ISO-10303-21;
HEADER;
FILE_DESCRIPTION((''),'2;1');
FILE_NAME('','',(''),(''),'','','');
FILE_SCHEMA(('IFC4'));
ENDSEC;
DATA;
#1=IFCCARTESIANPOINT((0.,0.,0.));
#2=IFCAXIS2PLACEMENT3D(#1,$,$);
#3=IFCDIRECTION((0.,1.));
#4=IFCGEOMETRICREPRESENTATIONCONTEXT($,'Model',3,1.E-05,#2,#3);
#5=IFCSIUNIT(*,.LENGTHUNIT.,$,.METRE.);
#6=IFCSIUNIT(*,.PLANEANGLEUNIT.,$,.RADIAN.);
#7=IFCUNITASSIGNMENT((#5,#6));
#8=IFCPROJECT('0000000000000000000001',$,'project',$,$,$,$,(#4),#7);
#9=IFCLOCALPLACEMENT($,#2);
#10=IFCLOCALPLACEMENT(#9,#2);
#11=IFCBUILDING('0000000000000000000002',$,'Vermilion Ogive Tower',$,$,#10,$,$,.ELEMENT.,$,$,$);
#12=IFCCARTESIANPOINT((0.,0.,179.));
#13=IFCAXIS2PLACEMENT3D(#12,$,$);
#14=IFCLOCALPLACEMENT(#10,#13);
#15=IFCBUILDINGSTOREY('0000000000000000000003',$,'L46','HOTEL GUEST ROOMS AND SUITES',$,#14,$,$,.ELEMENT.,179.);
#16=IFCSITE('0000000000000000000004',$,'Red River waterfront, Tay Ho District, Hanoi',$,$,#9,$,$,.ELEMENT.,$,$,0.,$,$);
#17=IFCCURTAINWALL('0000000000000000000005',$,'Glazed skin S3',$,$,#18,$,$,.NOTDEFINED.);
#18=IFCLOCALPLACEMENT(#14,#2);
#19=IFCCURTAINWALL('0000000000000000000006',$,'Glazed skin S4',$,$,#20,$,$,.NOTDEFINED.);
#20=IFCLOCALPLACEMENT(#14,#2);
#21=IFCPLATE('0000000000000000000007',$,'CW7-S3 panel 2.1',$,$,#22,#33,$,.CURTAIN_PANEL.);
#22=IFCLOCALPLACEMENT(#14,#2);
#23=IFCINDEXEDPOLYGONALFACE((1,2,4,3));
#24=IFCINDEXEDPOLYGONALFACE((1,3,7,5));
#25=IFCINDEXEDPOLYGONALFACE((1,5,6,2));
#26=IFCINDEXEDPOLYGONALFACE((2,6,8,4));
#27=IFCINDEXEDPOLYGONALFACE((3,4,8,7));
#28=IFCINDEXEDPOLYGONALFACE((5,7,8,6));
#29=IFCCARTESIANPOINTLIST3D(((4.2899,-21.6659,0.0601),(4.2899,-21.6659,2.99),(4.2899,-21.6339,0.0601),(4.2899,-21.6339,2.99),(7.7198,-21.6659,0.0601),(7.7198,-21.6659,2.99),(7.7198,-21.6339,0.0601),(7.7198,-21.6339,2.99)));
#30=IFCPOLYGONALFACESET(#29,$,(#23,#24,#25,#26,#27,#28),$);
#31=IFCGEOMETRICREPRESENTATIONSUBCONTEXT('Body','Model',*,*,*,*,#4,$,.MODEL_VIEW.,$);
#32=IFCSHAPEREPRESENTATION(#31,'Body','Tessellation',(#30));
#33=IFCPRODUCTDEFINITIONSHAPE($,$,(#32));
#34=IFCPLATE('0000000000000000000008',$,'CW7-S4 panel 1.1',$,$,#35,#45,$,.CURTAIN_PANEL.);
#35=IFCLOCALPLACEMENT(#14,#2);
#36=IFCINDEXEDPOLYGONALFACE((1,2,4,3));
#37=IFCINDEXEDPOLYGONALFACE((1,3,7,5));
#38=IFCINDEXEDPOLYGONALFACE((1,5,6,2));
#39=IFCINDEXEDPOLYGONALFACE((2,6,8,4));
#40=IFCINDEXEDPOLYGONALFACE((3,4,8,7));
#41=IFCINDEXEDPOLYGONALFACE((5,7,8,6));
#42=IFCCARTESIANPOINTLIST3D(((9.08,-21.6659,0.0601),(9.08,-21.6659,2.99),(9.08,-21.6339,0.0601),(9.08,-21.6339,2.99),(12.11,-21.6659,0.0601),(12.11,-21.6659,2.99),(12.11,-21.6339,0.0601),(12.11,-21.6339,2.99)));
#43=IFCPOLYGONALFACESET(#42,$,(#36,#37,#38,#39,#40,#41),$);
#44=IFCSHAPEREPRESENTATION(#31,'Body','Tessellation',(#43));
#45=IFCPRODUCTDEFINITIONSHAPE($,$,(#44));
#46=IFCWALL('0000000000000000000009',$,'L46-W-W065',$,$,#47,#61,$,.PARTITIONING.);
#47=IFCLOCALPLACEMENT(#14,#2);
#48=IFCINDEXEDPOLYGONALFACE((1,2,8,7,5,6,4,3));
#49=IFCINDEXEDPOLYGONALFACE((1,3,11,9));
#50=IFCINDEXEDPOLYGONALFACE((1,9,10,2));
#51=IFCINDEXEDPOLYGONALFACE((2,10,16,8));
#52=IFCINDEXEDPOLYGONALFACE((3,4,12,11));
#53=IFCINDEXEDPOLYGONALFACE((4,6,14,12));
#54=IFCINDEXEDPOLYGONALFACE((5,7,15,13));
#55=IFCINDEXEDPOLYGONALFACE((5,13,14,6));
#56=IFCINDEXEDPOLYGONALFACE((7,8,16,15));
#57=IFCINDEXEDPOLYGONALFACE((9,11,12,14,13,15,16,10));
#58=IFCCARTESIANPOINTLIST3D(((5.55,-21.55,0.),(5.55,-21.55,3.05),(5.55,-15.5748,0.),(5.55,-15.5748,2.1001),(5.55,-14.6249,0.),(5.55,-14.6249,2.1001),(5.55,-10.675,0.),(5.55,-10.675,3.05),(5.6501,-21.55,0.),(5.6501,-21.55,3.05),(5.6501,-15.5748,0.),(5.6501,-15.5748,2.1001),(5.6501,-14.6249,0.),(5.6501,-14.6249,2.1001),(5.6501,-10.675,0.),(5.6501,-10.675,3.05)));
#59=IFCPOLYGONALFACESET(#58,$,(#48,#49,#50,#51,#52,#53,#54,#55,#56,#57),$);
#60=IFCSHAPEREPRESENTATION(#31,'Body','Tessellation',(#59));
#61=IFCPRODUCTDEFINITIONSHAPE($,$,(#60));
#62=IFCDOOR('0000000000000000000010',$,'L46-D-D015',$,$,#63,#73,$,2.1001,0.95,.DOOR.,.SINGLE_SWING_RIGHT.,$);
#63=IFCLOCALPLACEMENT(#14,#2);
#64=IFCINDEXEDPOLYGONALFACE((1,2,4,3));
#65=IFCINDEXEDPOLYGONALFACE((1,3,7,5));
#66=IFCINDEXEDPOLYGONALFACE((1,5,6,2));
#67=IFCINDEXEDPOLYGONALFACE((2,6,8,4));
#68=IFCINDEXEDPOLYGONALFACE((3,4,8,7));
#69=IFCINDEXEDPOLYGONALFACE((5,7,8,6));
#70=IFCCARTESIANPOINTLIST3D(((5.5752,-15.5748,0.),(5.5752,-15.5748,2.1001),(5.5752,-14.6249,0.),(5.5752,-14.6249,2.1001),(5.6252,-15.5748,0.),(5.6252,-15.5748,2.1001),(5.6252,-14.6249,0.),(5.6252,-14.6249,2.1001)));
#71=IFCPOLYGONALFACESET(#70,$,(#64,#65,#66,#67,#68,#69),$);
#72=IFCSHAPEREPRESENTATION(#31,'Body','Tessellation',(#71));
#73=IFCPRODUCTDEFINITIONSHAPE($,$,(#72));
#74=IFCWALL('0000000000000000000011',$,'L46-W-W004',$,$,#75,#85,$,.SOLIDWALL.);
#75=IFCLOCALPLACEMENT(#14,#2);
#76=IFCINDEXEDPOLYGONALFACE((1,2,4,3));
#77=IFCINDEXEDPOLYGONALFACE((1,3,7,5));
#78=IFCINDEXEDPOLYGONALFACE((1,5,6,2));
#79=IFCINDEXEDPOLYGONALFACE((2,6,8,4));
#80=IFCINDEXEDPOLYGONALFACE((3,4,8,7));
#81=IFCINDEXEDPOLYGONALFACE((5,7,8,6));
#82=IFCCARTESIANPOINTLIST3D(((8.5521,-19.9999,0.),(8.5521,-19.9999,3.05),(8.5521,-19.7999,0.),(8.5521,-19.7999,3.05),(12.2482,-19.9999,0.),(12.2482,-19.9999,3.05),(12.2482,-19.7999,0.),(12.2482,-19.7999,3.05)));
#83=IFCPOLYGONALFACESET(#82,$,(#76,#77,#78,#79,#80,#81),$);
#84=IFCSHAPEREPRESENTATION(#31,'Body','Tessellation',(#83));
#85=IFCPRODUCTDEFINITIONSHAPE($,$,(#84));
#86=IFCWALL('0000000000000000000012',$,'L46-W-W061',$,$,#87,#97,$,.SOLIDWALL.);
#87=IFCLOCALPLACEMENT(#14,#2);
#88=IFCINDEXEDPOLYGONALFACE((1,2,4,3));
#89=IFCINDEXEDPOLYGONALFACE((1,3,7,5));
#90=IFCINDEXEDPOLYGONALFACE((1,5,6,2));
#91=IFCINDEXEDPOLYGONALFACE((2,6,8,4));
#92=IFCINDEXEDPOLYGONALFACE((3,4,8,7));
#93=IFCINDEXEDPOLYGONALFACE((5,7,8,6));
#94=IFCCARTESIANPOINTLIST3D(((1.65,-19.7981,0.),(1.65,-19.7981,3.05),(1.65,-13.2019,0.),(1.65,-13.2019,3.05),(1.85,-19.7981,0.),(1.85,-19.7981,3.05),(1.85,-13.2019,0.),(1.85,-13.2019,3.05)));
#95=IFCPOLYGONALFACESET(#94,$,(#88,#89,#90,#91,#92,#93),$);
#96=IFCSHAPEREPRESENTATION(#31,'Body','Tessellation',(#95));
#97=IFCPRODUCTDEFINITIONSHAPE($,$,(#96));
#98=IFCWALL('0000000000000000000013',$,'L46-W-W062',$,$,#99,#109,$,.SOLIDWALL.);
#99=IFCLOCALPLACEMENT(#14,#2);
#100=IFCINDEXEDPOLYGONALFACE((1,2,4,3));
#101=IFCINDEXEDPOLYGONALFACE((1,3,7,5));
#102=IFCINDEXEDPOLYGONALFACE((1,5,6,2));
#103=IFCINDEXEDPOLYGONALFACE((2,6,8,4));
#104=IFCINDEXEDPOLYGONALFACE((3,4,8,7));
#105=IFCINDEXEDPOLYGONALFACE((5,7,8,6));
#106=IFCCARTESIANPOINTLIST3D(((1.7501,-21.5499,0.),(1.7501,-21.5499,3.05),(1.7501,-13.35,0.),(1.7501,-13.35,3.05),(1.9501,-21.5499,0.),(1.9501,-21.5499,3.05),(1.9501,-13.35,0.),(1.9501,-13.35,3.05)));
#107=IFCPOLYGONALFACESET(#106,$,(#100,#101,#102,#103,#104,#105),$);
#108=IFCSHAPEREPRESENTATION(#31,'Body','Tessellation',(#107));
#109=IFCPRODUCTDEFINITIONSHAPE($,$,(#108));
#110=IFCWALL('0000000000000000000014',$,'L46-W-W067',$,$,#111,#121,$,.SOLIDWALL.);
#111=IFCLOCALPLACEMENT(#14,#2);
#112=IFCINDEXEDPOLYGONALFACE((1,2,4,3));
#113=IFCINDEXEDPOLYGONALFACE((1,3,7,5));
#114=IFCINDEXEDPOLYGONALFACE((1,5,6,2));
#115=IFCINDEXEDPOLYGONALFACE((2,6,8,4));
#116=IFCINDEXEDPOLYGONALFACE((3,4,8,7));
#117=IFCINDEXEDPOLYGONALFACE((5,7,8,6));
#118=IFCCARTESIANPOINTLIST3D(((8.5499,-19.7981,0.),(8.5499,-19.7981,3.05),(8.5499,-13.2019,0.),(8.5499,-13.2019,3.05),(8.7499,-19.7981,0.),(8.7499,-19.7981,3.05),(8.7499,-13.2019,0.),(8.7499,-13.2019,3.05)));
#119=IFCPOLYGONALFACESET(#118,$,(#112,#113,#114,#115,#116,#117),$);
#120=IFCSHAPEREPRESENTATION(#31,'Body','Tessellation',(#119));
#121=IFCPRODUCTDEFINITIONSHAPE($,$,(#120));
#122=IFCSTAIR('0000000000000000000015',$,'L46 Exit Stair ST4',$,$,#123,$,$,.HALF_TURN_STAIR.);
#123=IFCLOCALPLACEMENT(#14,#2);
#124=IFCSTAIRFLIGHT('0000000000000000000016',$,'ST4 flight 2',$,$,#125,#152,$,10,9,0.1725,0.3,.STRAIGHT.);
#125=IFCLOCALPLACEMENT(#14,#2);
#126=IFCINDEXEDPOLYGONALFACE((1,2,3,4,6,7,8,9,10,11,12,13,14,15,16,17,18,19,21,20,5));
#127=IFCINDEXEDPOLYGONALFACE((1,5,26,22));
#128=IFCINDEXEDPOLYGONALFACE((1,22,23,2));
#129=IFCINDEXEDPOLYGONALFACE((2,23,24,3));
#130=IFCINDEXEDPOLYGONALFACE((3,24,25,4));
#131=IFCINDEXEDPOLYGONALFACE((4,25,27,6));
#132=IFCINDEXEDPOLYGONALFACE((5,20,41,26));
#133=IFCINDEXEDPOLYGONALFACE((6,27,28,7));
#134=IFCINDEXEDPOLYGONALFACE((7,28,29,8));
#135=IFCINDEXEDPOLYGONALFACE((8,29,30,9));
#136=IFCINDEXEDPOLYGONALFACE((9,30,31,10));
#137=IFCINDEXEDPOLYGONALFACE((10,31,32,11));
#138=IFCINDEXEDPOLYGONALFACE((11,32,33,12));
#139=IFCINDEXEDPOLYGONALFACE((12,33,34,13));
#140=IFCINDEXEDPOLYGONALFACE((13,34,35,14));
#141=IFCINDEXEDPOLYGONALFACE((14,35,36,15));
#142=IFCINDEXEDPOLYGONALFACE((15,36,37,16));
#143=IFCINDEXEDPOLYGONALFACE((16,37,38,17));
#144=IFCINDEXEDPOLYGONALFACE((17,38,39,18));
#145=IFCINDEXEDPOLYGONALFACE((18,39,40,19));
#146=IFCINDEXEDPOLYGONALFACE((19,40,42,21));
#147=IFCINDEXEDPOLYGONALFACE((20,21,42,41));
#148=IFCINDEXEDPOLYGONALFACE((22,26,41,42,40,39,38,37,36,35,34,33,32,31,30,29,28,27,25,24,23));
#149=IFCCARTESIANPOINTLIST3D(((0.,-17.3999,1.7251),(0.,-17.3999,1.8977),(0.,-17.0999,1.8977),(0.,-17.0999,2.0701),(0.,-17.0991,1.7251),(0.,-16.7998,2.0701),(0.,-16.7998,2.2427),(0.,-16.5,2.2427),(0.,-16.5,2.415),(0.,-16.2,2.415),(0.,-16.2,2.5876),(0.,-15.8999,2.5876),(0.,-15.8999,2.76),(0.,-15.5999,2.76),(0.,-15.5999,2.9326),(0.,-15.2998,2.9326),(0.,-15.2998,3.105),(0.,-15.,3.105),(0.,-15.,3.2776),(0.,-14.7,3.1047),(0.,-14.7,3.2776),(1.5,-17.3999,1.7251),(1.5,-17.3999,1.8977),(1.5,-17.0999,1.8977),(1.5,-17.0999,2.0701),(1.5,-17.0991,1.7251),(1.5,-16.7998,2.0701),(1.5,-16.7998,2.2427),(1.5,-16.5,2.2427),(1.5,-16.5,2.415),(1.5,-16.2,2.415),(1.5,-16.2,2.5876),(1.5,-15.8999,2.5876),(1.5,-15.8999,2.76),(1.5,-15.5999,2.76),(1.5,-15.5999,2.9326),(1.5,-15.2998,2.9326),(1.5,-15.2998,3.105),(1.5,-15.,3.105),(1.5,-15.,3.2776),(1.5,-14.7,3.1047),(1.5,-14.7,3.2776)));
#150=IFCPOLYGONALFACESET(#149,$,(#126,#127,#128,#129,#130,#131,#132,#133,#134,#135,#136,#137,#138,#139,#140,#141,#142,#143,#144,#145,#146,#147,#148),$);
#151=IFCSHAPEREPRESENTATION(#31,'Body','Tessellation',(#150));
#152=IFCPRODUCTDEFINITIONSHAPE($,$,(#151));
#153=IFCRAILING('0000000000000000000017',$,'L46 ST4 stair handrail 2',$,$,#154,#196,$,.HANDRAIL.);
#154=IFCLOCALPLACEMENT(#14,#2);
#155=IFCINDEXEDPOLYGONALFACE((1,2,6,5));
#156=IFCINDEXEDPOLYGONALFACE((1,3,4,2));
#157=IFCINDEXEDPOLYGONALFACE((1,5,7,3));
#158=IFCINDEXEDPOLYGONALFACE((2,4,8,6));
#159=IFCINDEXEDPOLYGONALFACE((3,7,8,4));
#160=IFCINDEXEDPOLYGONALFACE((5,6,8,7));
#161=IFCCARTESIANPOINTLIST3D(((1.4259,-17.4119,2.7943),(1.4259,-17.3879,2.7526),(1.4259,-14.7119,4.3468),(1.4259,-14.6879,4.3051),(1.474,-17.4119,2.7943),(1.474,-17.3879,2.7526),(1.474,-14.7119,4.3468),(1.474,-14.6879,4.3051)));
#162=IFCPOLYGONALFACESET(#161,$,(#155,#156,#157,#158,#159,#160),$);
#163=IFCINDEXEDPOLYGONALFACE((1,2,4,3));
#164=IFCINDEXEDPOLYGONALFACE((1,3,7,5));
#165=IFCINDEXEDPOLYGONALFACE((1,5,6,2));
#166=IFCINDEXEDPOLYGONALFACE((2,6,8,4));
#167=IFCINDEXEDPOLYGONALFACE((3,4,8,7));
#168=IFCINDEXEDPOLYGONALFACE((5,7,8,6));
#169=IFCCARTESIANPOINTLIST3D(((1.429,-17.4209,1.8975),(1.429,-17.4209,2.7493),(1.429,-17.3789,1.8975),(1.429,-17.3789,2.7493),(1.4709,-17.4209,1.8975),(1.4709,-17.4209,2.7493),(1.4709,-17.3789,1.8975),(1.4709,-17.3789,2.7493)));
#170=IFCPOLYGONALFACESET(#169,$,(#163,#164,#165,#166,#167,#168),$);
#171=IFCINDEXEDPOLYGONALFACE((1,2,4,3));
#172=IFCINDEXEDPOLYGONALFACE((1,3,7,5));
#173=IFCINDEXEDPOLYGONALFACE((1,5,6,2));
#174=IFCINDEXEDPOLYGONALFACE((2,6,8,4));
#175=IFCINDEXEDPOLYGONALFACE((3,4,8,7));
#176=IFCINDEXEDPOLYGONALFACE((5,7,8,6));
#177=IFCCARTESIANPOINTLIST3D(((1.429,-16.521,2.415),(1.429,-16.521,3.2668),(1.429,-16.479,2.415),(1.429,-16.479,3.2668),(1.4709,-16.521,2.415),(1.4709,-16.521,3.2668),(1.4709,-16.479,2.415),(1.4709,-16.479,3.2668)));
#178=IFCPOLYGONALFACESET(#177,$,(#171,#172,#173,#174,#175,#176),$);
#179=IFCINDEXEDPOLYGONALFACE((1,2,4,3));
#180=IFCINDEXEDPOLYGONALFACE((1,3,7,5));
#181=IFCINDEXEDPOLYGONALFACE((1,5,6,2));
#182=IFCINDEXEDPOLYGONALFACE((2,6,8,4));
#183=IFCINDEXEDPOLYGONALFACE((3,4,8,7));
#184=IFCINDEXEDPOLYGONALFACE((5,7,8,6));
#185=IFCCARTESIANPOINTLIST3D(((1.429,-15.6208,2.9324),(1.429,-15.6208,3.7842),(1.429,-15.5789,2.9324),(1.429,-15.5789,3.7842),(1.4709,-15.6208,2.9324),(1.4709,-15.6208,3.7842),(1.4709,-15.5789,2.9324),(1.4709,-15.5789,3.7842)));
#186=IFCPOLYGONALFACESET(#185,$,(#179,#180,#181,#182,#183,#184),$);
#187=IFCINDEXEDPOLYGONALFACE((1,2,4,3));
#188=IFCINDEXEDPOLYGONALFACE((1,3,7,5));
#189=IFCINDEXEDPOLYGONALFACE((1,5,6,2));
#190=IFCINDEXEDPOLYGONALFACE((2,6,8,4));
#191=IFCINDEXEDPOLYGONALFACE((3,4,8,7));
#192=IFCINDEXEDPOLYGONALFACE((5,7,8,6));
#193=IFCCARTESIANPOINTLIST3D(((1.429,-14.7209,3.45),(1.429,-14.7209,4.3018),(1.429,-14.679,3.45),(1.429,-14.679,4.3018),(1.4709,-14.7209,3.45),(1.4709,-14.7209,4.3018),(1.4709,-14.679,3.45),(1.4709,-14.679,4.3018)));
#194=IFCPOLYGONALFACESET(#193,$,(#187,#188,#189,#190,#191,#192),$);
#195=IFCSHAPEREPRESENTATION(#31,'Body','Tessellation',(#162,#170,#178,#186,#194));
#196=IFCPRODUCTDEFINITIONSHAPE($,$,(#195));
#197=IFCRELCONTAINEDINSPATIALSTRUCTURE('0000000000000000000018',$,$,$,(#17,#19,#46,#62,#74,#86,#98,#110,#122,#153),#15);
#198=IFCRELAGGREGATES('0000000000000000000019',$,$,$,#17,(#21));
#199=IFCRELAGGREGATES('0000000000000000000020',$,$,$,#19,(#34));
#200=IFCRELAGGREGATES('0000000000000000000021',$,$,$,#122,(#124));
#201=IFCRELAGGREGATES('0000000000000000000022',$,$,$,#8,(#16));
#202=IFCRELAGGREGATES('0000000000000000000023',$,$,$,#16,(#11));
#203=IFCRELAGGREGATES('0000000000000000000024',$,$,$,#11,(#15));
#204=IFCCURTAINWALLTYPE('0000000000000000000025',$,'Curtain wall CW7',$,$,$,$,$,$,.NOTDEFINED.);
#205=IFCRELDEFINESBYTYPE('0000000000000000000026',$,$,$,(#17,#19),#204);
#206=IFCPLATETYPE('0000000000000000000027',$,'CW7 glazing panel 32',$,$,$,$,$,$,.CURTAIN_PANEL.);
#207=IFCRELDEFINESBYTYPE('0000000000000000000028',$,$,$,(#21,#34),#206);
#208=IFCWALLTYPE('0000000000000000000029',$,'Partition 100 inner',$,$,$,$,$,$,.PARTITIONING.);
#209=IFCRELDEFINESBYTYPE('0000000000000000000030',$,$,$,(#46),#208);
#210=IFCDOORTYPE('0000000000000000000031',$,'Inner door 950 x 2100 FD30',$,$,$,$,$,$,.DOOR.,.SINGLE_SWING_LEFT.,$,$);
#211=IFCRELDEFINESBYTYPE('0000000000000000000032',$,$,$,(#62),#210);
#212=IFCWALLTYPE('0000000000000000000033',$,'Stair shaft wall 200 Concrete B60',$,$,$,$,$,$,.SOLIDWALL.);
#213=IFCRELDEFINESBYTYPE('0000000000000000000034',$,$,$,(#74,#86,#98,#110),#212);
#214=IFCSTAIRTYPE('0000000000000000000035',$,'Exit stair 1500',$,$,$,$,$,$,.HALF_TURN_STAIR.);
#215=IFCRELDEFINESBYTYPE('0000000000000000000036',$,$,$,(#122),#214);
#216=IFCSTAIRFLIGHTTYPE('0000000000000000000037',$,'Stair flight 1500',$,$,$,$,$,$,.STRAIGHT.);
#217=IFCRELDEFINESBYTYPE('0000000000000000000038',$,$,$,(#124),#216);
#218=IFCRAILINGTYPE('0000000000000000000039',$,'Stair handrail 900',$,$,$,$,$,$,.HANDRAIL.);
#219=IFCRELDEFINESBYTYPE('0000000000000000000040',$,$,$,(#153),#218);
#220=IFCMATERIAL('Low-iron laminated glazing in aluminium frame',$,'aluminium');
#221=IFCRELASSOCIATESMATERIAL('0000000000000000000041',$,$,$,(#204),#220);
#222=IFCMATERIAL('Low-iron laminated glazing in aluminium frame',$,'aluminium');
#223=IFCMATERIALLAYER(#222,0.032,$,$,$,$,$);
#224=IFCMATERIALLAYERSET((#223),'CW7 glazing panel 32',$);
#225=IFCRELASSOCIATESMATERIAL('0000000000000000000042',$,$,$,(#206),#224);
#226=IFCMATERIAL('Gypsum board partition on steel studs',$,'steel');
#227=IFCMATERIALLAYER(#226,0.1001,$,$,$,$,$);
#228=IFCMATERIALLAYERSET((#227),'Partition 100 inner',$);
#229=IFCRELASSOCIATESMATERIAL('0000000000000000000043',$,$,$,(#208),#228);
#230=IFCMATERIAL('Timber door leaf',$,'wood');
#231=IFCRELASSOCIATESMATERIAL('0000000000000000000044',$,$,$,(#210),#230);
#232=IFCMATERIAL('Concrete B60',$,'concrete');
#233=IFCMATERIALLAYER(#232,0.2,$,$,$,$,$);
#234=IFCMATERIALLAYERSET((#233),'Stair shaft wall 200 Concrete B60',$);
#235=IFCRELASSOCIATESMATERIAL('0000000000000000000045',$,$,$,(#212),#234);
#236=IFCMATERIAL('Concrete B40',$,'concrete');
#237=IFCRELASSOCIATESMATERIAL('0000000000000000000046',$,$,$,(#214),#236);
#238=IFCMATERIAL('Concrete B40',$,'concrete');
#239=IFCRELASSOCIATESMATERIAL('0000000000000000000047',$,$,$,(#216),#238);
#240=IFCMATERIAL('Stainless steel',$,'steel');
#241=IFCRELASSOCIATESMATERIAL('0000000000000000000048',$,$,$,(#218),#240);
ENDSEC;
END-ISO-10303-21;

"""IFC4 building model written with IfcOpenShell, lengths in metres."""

from ifc_helpers import new_model, si_unit, direction, frame, frame_2d, origin, origin_2d, place, context, subcontext, project, spatial, polyline, rectangle, outline, extrude, material, layer, layer_set, type_object, element, fill, aggregate, save


model = new_model("IFC4")

# Units and contexts
model_context = context("Model", 3, precision=1e-05, world=origin(), true_north=direction((0.0, 1.0)))
body_context = subcontext(model_context, "Body", "Model", "MODEL_VIEW")
ifc_project = project(units=[si_unit("LENGTHUNIT", "METRE"), si_unit("PLANEANGLEUNIT", "RADIAN")], contexts=[model_context])

# Site, building, storey
site_placement = place(None, origin())
site = spatial("IfcSite", under=ifc_project, at=site_placement, Name="Red River waterfront, Tay Ho District, Hanoi", CompositionType="ELEMENT", RefElevation=0.0)
building_placement = place(site_placement, origin())
building = spatial("IfcBuilding", under=site, at=building_placement, Name="Vermilion Ogive Tower", CompositionType="ELEMENT")
storey_placement = place(building_placement, frame((0.0, 0.0, 179.0)))
storey = spatial("IfcBuildingStorey", under=building, at=storey_placement, Name="L46", Description="HOTEL GUEST ROOMS AND SUITES", CompositionType="ELEMENT", Elevation=179.0)

# Curtain wall
ifc_material_1 = material(Name="Low-iron laminated glazing in aluminium frame", Category="aluminium")
curtain_wall_type = type_object("IfcCurtainWallType", Name="Curtain wall CW7", PredefinedType="NOTDEFINED", material=ifc_material_1)
curtain_wall_1_placement = place(storey_placement, origin())
curtain_wall_1 = element("IfcCurtainWall", 1, at=curtain_wall_1_placement, inside=storey, type_object=curtain_wall_type, Name="Glazed skin S3", PredefinedType="NOTDEFINED")

# Curtain wall
curtain_wall_2_placement = place(storey_placement, origin())
curtain_wall_2 = element("IfcCurtainWall", 2, at=curtain_wall_2_placement, inside=storey, type_object=curtain_wall_type, Name="Glazed skin S4", PredefinedType="NOTDEFINED")

# Plates
ifc_material_2 = material(Name="Low-iron laminated glazing in aluminium frame", Category="aluminium")
ifc_layer_1 = layer(ifc_material_2, 0.032)
ifc_layer_set_1 = layer_set([ifc_layer_1], Name="CW7 glazing panel 32")
plate_type = type_object("IfcPlateType", Name="CW7 glazing panel 32", PredefinedType="CURTAIN_PANEL", material=ifc_layer_set_1)
plate_1_placement = place(storey_placement, frame((6.0049, -21.6499, 0.0601), z_axis=(0.0, 0.0, 1.0), x_axis=(1.0, 0.0, 0.0)))
plate_1 = element("IfcPlate", 3, at=plate_1_placement, type_object=plate_type, Name="CW7-S3 panel 2.1", PredefinedType="CURTAIN_PANEL", context=body_context, shape_type="SweptSolid", body=[
    extrude(rectangle(XDim=3.4299, YDim=0.032, at=origin_2d()), origin(), (0.0, 0.0, 1.0), 2.9299),
])
aggregate(curtain_wall_1, [plate_1])
plate_2_placement = place(storey_placement, frame((10.595, -21.6499, 0.0601), z_axis=(0.0, 0.0, 1.0), x_axis=(1.0, 0.0, 0.0)))
plate_2 = element("IfcPlate", 4, at=plate_2_placement, type_object=plate_type, Name="CW7-S4 panel 1.1", PredefinedType="CURTAIN_PANEL", context=body_context, shape_type="SweptSolid", body=[
    extrude(rectangle(XDim=3.03, YDim=0.032, at=origin_2d()), origin(), (0.0, 0.0, 1.0), 2.9299),
])
aggregate(curtain_wall_2, [plate_2])

# Wall, opening, door
ifc_material_3 = material(Name="Gypsum board partition on steel studs", Category="steel")
ifc_layer_2 = layer(ifc_material_3, 0.1001)
ifc_layer_set_2 = layer_set([ifc_layer_2], Name="Partition 100 inner")
wall_type_1 = type_object("IfcWallType", Name="Partition 100 inner", PredefinedType="PARTITIONING", material=ifc_layer_set_2)
wall_1_placement = place(storey_placement, frame((5.6001, -21.55, 0.0), z_axis=(0.0, 0.0, 1.0), x_axis=(0.0, 1.0, 0.0)))
wall_1 = element("IfcWall", 5, at=wall_1_placement, inside=storey, type_object=wall_type_1, Name="L46-W-W065", PredefinedType="PARTITIONING", context=body_context, shape_type="SweptSolid", body=[
    extrude(rectangle(XDim=10.875, YDim=0.1001, at=frame_2d((5.4375, 0.0))), origin(), (0.0, 0.0, 1.0), 3.05),
])
opening_placement = place(wall_1_placement, frame((5.9751, 0.0, 0.0)))
opening = element("IfcOpeningElement", 6, at=opening_placement, cuts=wall_1, PredefinedType="OPENING", context=body_context, shape_type="SweptSolid", body=[
    extrude(rectangle(XDim=0.95, YDim=2.1001, at=frame_2d((0.4751, 1.05))), frame((0.0, 0.0601, 0.0), z_axis=(0.0, -1.0, 0.0), x_axis=(1.0, 0.0, 0.0)), (0.0, 0.0, 1.0), 0.1201),
])
ifc_material_4 = material(Name="Timber door leaf", Category="wood")
door_type = type_object("IfcDoorType", Name="Inner door 950 x 2100 FD30", OperationType="SINGLE_SWING_LEFT", PredefinedType="DOOR", material=ifc_material_4)
door_placement = place(opening_placement, origin())
door = element("IfcDoor", 7, at=door_placement, inside=storey, type_object=door_type, Name="L46-D-D015", OperationType="SINGLE_SWING_RIGHT", OverallHeight=2.1001, OverallWidth=0.95, PredefinedType="DOOR", context=body_context, shape_type="SweptSolid", body=[
    extrude(rectangle(XDim=0.95, YDim=2.1001, at=frame_2d((0.4751, 1.05))), frame((0.0, 0.0249, 0.0), z_axis=(0.0, -1.0, 0.0), x_axis=(1.0, 0.0, 0.0)), (0.0, 0.0, 1.0), 0.05),
])
fill(opening, door)

# Walls
ifc_material_5 = material(Name="Concrete B60", Category="concrete")
ifc_layer_3 = layer(ifc_material_5, 0.2)
ifc_layer_set_3 = layer_set([ifc_layer_3], Name="Stair shaft wall 200 Concrete B60")
wall_type_2 = type_object("IfcWallType", Name="Stair shaft wall 200 Concrete B60", PredefinedType="SOLIDWALL", material=ifc_layer_set_3)
wall_2_placement = place(storey_placement, frame((8.552, -19.8999, 0.0), z_axis=(0.0, 0.0, 1.0), x_axis=(1.0, 0.0, 0.0)))
element("IfcWall", 8, at=wall_2_placement, inside=storey, type_object=wall_type_2, Name="L46-W-W004", PredefinedType="SOLIDWALL", context=body_context, shape_type="SweptSolid", body=[
    extrude(rectangle(XDim=3.696, YDim=0.2, at=frame_2d((1.8481, 0.0))), origin(), (0.0, 0.0, 1.0), 3.05),
])
wall_3_placement = place(storey_placement, frame((1.75, -19.7981, 0.0), z_axis=(0.0, 0.0, 1.0), x_axis=(0.0, 1.0, 0.0)))
element("IfcWall", 9, at=wall_3_placement, inside=storey, type_object=wall_type_2, Name="L46-W-W061", PredefinedType="SOLIDWALL", context=body_context, shape_type="SweptSolid", body=[
    extrude(rectangle(XDim=6.5962, YDim=0.2, at=frame_2d((3.2981, 0.0))), origin(), (0.0, 0.0, 1.0), 3.05),
])
wall_4_placement = place(storey_placement, frame((1.8501, -21.55, 0.0), z_axis=(0.0, 0.0, 1.0), x_axis=(0.0, 1.0, 0.0)))
element("IfcWall", 10, at=wall_4_placement, inside=storey, type_object=wall_type_2, Name="L46-W-W062", PredefinedType="SOLIDWALL", context=body_context, shape_type="SweptSolid", body=[
    extrude(rectangle(XDim=8.2, YDim=0.2, at=frame_2d((4.1001, 0.0))), origin(), (0.0, 0.0, 1.0), 3.05),
])
wall_5_placement = place(storey_placement, frame((8.6499, -19.7981, 0.0), z_axis=(0.0, 0.0, 1.0), x_axis=(0.0, 1.0, 0.0)))
element("IfcWall", 11, at=wall_5_placement, inside=storey, type_object=wall_type_2, Name="L46-W-W067", PredefinedType="SOLIDWALL", context=body_context, shape_type="SweptSolid", body=[
    extrude(rectangle(XDim=6.5962, YDim=0.2, at=frame_2d((3.2981, 0.0))), origin(), (0.0, 0.0, 1.0), 3.05),
])

# Stair, stair flight
ifc_material_6 = material(Name="Concrete B40", Category="concrete")
stair_type = type_object("IfcStairType", Name="Exit stair 1500", PredefinedType="HALF_TURN_STAIR", material=ifc_material_6)
stair_placement = place(storey_placement, origin())
stair = element("IfcStair", 12, at=stair_placement, inside=storey, type_object=stair_type, Name="L46 Exit Stair ST4", PredefinedType="HALF_TURN_STAIR")
ifc_material_7 = material(Name="Concrete B40", Category="concrete")
stair_flight_type = type_object("IfcStairFlightType", Name="Stair flight 1500", PredefinedType="STRAIGHT", material=ifc_material_7)
stair_flight_placement = place(storey_placement, frame((0.75, -17.3999, 1.7251), z_axis=(0.0, 0.0, 1.0), x_axis=(0.0, 1.0, 0.0)))
stair_flight = element("IfcStairFlight", 13, at=stair_flight_placement, type_object=stair_flight_type, Name="ST4 flight 2", NumberOfRisers=10, NumberOfTreads=9, PredefinedType="STRAIGHT", RiserHeight=0.1725, TreadLength=0.3, context=body_context, shape_type="SweptSolid", body=[
    extrude(outline(polyline([(0.0, 0.0), (0.0, 0.1726), (0.3, 0.1726), (0.3, 0.345), (0.6001, 0.345), (0.6001, 0.5176), (0.8999, 0.5176), (0.8999, 0.6899), (1.2, 0.6899), (1.2, 0.8625), (1.5, 0.8625), (1.5, 1.0349), (1.8, 1.0349), (1.8, 1.2075), (2.1001, 1.2075), (2.1001, 1.3799), (2.3999, 1.3799), (2.3999, 1.5525), (2.7, 1.5525), (2.7, 1.7251), (2.7, 1.3796), (0.3008, 0.0), (0.0, 0.0)])), frame((0.0, 0.75, 0.0), z_axis=(0.0, -1.0, 0.0), x_axis=(1.0, 0.0, 0.0)), (0.0, 0.0, 1.0), 1.5),
])
aggregate(stair, [stair_flight])

# Railing
ifc_material_8 = material(Name="Stainless steel", Category="steel")
railing_type = type_object("IfcRailingType", Name="Stair handrail 900", PredefinedType="HANDRAIL", material=ifc_material_8)
railing_placement = place(storey_placement, frame((1.45, -17.3999, 1.8975)))
element("IfcRailing", 14, at=railing_placement, inside=storey, type_object=railing_type, Name="L46 ST4 stair handrail 2", PredefinedType="HANDRAIL", context=body_context, shape_type="SweptSolid", body=[
    extrude(rectangle(XDim=0.0481, YDim=0.0481, at=origin_2d()), frame((0.0, 0.0, 0.876), z_axis=(0.0, 0.866904, 0.498476), x_axis=(-1.0, 0.0, 0.0)), (0.0, 0.0, 1.0), 3.1145),
    extrude(rectangle(XDim=0.042, YDim=0.042, at=origin_2d()), origin(), (0.0, 0.0, 1.0), 0.8518),
    extrude(rectangle(XDim=0.042, YDim=0.042, at=origin_2d()), frame((0.0, 0.8999, 0.5176)), (0.0, 0.0, 1.0), 0.8518),
    extrude(rectangle(XDim=0.042, YDim=0.042, at=origin_2d()), frame((0.0, 1.8, 1.0349)), (0.0, 0.0, 1.0), 0.8518),
    extrude(rectangle(XDim=0.042, YDim=0.042, at=origin_2d()), frame((0.0, 2.7, 1.5525)), (0.0, 0.0, 1.0), 0.8518),
])

save(model, "model.ifc")
